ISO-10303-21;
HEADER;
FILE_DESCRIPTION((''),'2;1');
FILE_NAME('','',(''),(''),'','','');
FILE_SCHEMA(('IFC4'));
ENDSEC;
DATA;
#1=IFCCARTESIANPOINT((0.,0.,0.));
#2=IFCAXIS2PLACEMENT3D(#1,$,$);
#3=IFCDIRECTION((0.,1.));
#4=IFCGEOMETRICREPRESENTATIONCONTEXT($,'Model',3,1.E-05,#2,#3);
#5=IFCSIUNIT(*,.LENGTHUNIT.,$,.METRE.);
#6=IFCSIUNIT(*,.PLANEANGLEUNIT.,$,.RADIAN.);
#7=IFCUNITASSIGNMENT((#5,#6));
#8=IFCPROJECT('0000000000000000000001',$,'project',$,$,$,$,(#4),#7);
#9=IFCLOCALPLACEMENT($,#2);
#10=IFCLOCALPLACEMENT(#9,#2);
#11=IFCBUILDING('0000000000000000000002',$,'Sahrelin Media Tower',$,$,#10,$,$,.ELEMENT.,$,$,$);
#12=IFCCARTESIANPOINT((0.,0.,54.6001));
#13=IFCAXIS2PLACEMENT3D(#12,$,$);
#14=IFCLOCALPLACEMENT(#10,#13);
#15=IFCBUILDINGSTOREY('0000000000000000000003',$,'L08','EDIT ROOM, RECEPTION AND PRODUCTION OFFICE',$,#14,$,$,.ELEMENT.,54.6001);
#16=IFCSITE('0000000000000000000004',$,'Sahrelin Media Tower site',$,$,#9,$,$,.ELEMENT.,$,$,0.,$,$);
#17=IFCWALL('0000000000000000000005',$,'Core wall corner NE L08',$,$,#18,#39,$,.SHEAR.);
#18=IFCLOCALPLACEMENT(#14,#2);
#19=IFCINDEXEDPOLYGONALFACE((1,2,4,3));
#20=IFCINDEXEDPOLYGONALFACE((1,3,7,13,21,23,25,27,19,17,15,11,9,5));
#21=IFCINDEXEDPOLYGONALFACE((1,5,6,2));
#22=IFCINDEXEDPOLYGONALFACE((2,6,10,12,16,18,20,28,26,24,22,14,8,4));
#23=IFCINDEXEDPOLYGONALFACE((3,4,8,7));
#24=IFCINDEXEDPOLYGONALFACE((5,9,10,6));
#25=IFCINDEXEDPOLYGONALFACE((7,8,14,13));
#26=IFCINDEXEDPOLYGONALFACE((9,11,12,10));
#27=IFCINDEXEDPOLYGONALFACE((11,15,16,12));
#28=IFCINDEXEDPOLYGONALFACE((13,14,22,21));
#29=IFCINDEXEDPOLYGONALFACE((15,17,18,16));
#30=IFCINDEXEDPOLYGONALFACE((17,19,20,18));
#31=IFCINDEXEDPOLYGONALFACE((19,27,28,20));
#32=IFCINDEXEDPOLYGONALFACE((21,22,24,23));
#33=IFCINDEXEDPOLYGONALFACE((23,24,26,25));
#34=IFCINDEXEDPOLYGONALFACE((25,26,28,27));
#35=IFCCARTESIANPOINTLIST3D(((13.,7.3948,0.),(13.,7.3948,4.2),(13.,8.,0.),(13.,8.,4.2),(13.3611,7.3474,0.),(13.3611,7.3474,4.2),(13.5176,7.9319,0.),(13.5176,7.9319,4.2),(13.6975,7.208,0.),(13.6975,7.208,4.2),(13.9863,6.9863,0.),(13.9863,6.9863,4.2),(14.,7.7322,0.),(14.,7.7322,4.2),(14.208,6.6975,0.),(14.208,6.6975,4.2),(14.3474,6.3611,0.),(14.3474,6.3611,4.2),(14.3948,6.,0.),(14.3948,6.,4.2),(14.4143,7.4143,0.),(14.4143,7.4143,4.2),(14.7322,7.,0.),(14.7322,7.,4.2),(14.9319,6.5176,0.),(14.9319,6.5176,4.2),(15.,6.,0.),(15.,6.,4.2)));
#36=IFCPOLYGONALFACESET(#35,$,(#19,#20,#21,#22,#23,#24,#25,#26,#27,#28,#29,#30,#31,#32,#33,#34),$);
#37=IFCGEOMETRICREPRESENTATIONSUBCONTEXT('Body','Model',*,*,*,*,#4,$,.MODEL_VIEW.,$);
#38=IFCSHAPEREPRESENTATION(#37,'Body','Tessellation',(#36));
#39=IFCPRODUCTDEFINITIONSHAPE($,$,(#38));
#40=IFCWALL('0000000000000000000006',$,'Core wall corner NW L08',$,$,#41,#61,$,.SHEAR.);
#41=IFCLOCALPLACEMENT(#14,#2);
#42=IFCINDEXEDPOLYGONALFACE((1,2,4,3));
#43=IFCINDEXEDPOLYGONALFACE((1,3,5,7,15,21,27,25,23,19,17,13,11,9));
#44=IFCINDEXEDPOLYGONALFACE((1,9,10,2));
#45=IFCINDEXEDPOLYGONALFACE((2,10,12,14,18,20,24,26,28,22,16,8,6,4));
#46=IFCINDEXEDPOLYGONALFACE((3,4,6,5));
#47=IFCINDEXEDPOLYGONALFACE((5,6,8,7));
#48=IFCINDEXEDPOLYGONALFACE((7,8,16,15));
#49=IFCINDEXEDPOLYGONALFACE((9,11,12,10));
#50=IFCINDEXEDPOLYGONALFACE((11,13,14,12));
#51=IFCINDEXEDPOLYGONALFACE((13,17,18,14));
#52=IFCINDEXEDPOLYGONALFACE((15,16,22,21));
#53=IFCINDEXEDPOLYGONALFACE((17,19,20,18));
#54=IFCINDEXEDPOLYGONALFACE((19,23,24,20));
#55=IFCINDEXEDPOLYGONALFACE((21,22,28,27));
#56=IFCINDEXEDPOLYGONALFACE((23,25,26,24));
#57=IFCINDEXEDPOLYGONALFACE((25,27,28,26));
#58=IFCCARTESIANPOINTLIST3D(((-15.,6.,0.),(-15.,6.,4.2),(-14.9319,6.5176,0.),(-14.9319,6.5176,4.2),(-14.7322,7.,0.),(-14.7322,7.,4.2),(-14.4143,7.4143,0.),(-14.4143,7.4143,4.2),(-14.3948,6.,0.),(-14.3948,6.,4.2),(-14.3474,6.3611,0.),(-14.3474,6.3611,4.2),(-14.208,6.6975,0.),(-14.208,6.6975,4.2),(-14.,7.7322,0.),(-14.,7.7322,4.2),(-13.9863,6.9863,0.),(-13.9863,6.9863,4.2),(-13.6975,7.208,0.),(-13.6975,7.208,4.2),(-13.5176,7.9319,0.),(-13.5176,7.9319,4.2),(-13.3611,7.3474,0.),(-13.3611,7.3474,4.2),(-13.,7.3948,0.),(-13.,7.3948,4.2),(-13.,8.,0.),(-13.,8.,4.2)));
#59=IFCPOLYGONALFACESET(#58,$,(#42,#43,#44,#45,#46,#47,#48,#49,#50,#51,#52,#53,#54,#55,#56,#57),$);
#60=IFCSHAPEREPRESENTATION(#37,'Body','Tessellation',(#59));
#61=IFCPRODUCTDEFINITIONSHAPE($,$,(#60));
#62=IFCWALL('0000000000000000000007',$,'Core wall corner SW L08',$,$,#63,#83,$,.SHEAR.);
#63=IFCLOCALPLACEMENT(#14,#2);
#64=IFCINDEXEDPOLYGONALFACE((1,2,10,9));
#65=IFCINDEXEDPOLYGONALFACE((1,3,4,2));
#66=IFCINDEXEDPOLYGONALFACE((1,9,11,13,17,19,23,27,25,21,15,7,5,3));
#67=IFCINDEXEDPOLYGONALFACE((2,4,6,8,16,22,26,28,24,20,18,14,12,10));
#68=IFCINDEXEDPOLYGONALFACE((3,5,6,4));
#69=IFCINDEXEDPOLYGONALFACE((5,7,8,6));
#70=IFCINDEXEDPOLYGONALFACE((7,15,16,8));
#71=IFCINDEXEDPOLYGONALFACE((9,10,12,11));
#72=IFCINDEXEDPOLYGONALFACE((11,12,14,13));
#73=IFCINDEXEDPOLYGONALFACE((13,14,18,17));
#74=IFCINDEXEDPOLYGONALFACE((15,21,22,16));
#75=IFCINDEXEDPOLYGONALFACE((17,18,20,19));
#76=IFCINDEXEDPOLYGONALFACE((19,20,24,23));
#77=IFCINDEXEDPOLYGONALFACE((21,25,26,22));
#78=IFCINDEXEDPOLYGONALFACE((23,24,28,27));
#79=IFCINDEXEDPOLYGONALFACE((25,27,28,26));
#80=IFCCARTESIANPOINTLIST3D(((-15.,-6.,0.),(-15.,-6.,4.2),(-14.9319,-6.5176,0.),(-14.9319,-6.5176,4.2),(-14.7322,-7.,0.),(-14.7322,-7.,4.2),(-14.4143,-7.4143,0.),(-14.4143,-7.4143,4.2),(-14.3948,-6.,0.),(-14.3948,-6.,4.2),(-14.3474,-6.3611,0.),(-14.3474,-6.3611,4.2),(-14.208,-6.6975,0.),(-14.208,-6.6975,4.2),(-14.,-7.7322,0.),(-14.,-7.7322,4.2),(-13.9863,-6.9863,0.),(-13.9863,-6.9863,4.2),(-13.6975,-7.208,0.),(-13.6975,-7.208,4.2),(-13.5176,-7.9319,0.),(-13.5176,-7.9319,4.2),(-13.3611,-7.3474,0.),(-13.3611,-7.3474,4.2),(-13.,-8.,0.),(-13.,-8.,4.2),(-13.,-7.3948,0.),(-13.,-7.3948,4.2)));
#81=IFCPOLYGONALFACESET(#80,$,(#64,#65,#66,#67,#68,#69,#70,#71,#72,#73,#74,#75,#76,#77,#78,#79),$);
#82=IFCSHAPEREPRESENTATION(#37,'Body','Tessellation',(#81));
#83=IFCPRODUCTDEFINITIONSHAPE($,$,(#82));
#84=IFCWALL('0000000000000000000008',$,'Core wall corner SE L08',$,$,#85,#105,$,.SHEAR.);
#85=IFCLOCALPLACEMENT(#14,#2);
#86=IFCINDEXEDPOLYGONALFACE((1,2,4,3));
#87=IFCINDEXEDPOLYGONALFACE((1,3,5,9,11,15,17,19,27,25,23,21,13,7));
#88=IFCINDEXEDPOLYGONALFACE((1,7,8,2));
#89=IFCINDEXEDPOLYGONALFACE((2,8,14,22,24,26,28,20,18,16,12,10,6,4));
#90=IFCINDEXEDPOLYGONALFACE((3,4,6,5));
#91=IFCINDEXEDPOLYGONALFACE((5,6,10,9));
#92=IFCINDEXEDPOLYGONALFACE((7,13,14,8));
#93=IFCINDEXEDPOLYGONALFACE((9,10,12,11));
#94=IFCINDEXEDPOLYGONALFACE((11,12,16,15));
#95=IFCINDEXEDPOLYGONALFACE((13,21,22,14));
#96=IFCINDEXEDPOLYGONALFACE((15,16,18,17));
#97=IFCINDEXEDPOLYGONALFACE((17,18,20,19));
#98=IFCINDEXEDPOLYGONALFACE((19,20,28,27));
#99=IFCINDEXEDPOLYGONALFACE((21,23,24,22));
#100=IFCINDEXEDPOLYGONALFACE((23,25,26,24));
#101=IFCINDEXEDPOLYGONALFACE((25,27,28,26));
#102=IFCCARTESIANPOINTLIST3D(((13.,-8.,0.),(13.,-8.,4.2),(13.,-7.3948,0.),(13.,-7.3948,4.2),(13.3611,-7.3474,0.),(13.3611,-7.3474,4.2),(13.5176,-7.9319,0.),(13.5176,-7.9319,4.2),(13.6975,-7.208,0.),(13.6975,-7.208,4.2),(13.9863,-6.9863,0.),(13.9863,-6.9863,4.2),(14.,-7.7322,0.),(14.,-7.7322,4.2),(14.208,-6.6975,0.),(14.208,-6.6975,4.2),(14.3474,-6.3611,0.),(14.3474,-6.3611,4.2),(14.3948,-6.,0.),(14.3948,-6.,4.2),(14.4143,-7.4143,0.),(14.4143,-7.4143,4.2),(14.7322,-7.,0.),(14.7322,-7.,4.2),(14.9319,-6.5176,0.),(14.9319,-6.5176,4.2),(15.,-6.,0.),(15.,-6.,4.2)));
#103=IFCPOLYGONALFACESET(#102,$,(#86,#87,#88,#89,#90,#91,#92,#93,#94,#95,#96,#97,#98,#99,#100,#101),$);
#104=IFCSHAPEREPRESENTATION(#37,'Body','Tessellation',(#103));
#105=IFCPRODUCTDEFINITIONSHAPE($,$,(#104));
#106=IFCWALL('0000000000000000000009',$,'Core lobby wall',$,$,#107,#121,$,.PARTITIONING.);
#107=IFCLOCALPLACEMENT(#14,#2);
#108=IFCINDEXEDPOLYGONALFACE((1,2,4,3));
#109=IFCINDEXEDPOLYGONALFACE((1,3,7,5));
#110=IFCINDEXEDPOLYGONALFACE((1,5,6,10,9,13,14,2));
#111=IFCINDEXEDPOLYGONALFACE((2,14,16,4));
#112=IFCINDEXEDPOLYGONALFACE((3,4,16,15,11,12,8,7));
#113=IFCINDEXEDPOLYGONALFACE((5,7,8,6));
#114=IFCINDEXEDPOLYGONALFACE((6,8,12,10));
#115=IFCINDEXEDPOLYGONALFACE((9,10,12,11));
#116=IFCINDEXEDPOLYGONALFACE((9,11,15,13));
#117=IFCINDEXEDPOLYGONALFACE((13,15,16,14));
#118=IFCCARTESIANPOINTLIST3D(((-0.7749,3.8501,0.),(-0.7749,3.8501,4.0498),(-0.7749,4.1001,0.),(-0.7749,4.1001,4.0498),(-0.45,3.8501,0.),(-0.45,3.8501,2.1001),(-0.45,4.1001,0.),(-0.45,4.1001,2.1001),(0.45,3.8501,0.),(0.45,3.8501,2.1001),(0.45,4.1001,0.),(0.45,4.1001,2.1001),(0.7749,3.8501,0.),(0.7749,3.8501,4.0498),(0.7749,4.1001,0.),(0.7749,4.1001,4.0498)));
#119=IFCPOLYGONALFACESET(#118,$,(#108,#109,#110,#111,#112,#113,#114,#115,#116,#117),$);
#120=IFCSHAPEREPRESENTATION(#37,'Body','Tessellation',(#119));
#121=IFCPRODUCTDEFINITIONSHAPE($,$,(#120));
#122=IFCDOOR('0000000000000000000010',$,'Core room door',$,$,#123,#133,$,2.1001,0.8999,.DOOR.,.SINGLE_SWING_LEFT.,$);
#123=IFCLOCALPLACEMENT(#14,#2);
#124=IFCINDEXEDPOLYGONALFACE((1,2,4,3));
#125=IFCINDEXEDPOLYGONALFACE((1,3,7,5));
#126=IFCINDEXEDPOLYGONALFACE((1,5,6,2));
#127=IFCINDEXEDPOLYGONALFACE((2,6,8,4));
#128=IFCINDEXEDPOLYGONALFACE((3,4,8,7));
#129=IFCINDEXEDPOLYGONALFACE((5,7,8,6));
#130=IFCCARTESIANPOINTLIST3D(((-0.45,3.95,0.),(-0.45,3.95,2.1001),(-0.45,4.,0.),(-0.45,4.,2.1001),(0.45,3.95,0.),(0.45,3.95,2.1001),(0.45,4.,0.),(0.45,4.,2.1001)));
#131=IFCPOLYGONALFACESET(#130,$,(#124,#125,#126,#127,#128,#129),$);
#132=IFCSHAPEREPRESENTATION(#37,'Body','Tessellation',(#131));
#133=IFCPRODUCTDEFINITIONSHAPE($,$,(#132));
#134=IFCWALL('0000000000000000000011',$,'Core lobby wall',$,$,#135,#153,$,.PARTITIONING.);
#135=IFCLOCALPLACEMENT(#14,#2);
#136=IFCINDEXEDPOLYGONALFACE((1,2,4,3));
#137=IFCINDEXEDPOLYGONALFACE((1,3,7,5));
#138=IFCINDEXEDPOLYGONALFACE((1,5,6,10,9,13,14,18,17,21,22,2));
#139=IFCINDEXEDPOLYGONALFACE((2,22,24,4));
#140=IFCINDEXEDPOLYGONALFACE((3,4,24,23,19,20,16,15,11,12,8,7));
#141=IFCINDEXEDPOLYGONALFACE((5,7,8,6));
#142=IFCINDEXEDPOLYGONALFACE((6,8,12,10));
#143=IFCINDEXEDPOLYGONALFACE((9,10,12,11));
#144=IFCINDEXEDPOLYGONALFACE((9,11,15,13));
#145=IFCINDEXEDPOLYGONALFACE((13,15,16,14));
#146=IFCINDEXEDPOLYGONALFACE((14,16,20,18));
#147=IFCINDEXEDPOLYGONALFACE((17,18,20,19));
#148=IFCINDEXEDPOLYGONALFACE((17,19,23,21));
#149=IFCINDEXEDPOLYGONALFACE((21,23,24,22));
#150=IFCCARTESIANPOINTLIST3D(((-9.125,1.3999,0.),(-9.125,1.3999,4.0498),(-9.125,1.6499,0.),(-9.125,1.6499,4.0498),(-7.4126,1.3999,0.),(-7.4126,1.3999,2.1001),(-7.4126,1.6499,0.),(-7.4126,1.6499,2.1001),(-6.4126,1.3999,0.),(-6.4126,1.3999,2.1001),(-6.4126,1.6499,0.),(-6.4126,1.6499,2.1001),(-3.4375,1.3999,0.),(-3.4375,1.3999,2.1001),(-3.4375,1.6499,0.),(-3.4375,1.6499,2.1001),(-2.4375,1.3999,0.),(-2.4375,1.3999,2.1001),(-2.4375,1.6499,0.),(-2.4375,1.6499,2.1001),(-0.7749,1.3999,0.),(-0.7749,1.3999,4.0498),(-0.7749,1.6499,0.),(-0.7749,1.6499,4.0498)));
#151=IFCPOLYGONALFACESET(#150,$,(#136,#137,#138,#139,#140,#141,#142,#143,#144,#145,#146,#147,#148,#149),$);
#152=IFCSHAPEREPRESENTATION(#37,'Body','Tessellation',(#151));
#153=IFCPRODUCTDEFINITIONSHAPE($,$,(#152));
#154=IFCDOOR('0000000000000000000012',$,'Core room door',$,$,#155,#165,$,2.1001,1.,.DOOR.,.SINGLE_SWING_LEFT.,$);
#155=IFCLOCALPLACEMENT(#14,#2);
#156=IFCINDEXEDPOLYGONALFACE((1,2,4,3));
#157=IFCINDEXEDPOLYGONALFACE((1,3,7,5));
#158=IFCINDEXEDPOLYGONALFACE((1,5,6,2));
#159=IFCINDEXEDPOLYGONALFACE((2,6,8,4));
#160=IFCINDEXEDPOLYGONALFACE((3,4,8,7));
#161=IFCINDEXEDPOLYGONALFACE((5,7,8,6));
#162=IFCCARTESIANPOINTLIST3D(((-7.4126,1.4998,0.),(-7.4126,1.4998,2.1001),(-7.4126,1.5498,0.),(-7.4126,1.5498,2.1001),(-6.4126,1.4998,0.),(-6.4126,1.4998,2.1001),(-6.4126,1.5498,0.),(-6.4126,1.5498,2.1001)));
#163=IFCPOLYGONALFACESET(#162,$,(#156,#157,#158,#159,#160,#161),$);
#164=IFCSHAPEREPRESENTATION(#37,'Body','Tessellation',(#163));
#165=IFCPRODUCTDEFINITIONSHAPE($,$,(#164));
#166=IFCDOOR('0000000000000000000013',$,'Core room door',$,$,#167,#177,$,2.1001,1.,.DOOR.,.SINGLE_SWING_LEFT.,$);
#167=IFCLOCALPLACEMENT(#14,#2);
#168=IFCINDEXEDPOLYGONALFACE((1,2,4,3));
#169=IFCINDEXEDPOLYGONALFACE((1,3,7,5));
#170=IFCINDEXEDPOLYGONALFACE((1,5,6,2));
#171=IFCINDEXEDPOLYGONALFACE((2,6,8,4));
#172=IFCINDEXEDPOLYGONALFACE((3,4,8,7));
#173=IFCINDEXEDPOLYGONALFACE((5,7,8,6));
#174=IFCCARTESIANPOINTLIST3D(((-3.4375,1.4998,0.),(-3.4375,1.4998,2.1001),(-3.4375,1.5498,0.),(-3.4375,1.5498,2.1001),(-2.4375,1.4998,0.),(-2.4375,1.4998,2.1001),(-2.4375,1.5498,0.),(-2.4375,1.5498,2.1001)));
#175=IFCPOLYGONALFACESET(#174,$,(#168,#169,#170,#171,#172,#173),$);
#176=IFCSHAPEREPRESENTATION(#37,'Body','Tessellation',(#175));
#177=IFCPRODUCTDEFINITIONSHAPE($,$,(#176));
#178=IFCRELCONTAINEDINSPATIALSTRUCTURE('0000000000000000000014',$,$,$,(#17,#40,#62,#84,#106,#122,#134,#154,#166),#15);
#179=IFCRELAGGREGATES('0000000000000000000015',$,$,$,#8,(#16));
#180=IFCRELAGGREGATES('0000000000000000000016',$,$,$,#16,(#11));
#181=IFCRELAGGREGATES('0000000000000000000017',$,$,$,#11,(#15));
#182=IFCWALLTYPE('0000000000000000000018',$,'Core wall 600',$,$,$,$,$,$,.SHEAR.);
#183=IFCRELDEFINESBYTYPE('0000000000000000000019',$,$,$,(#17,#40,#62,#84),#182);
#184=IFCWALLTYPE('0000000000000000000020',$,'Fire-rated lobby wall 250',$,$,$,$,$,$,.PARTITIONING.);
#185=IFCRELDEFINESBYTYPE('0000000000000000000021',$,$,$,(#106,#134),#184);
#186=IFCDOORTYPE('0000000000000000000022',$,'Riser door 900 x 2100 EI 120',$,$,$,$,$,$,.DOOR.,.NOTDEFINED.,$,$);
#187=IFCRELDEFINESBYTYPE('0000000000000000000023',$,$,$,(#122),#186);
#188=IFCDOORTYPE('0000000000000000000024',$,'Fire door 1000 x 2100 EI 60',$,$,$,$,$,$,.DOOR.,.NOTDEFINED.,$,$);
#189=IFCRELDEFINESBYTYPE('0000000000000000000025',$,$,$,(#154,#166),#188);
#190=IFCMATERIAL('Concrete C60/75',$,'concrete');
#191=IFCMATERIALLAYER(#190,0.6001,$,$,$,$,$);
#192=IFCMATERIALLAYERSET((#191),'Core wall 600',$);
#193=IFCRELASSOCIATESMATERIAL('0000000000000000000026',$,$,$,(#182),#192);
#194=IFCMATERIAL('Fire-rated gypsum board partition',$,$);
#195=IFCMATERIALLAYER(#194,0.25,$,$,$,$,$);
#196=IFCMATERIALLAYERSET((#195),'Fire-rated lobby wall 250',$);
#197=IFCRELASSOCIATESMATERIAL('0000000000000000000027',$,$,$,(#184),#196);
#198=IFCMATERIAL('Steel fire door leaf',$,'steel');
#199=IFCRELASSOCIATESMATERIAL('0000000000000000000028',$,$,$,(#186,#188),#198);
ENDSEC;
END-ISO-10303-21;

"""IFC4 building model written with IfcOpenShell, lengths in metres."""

from ifc_helpers import new_model, si_unit, direction, frame, frame_2d, origin, place, context, subcontext, project, spatial, polyline, rectangle, outline, extrude, material, layer, layer_set, type_object, element, fill, save


model = new_model("IFC4")

# Units and contexts
model_context = context("Model", 3, precision=1e-05, world=origin(), true_north=direction((0.0, 1.0)))
body_context = subcontext(model_context, "Body", "Model", "MODEL_VIEW")
ifc_project = project(units=[si_unit("LENGTHUNIT", "METRE"), si_unit("PLANEANGLEUNIT", "RADIAN")], contexts=[model_context])

# Site, building, storey
site_placement = place(None, origin())
site = spatial("IfcSite", under=ifc_project, at=site_placement, Name="Sahrelin Media Tower site", CompositionType="ELEMENT", RefElevation=0.0)
building_placement = place(site_placement, origin())
building = spatial("IfcBuilding", under=site, at=building_placement, Name="Sahrelin Media Tower", CompositionType="ELEMENT")
storey_placement = place(building_placement, frame((0.0, 0.0, 54.6001)))
storey = spatial("IfcBuildingStorey", under=building, at=storey_placement, Name="L08", Description="EDIT ROOM, RECEPTION AND PRODUCTION OFFICE", CompositionType="ELEMENT", Elevation=54.6001)

# Shared definitions
ifc_material_1 = material(Name="Concrete C60/75", Category="concrete")
ifc_layer_1 = layer(ifc_material_1, 0.6001)
ifc_layer_set_1 = layer_set([ifc_layer_1], Name="Core wall 600")
wall_type_1 = type_object("IfcWallType", Name="Core wall 600", PredefinedType="SHEAR", material=ifc_layer_set_1)
ifc_material_2 = material(Name="Steel fire door leaf", Category="steel")

# Walls
placement = place(storey_placement, origin())
element("IfcWall", 1, at=placement, inside=storey, type_object=wall_type_1, Name="Core wall corner NE L08", PredefinedType="SHEAR", context=body_context, shape_type="SweptSolid", body=[
    extrude(outline(polyline([(13.0, 8.0), (13.0, 7.3948), (13.3611, 7.3474), (13.6975, 7.208), (13.9863, 6.9863), (14.208, 6.6975), (14.3474, 6.3611), (14.3948, 6.0), (15.0, 6.0), (14.9319, 6.5176), (14.7322, 7.0), (14.4143, 7.4143), (14.0, 7.7322), (13.5176, 7.9319), (13.0, 8.0)])), origin(), (0.0, 0.0, 1.0), 4.2),
])
element("IfcWall", 2, at=placement, inside=storey, type_object=wall_type_1, Name="Core wall corner NW L08", PredefinedType="SHEAR", context=body_context, shape_type="SweptSolid", body=[
    extrude(outline(polyline([(-15.0, 6.0), (-14.3948, 6.0), (-14.3474, 6.3611), (-14.208, 6.6975), (-13.9863, 6.9863), (-13.6975, 7.208), (-13.3611, 7.3474), (-13.0, 7.3948), (-13.0, 8.0), (-13.5176, 7.9319), (-14.0, 7.7322), (-14.4143, 7.4143), (-14.7322, 7.0), (-14.9319, 6.5176), (-15.0, 6.0)])), origin(), (0.0, 0.0, 1.0), 4.2),
])
element("IfcWall", 3, at=placement, inside=storey, type_object=wall_type_1, Name="Core wall corner SW L08", PredefinedType="SHEAR", context=body_context, shape_type="SweptSolid", body=[
    extrude(outline(polyline([(-13.0, -8.0), (-13.0, -7.3948), (-13.3611, -7.3474), (-13.6975, -7.208), (-13.9863, -6.9863), (-14.208, -6.6975), (-14.3474, -6.3611), (-14.3948, -6.0), (-15.0, -6.0), (-14.9319, -6.5176), (-14.7322, -7.0), (-14.4143, -7.4143), (-14.0, -7.7322), (-13.5176, -7.9319), (-13.0, -8.0)])), origin(), (0.0, 0.0, 1.0), 4.2),
])
element("IfcWall", 4, at=placement, inside=storey, type_object=wall_type_1, Name="Core wall corner SE L08", PredefinedType="SHEAR", context=body_context, shape_type="SweptSolid", body=[
    extrude(outline(polyline([(15.0, -6.0), (14.3948, -6.0), (14.3474, -6.3611), (14.208, -6.6975), (13.9863, -6.9863), (13.6975, -7.208), (13.3611, -7.3474), (13.0, -7.3948), (13.0, -8.0), (13.5176, -7.9319), (14.0, -7.7322), (14.4143, -7.4143), (14.7322, -7.0), (14.9319, -6.5176), (15.0, -6.0)])), origin(), (0.0, 0.0, 1.0), 4.2),
])

# Wall, opening, door
ifc_material_3 = material(Name="Fire-rated gypsum board partition")
ifc_layer_2 = layer(ifc_material_3, 0.25)
ifc_layer_set_2 = layer_set([ifc_layer_2], Name="Fire-rated lobby wall 250")
wall_type_2 = type_object("IfcWallType", Name="Fire-rated lobby wall 250", PredefinedType="PARTITIONING", material=ifc_layer_set_2)
wall_1_placement = place(storey_placement, frame((-0.7749, 3.9751, 0.0), z_axis=(0.0, 0.0, 1.0), x_axis=(1.0, 0.0, 0.0)))
wall_1 = element("IfcWall", 5, at=wall_1_placement, inside=storey, type_object=wall_type_2, Name="Core lobby wall", PredefinedType="PARTITIONING", context=body_context, shape_type="SweptSolid", body=[
    extrude(rectangle(XDim=1.5498, YDim=0.25, at=frame_2d((0.7749, 0.0))), origin(), (0.0, 0.0, 1.0), 4.0498),
])
opening_1_placement = place(wall_1_placement, frame((0.325, 0.0, 0.0)))
opening_1 = element("IfcOpeningElement", 6, at=opening_1_placement, cuts=wall_1, PredefinedType="OPENING", context=body_context, shape_type="SweptSolid", body=[
    extrude(rectangle(XDim=0.8999, YDim=2.1001, at=frame_2d((0.45, 1.05))), frame((0.0, 0.125, 0.0), z_axis=(0.0, -1.0, 0.0), x_axis=(1.0, 0.0, 0.0)), (0.0, 0.0, 1.0), 0.25),
])
door_type_1 = type_object("IfcDoorType", Name="Riser door 900 x 2100 EI 120", OperationType="NOTDEFINED", PredefinedType="DOOR", material=ifc_material_2)
door_1_placement = place(opening_1_placement, origin())
door_1 = element("IfcDoor", 7, at=door_1_placement, inside=storey, type_object=door_type_1, Name="Core room door", OperationType="SINGLE_SWING_LEFT", OverallHeight=2.1001, OverallWidth=0.8999, PredefinedType="DOOR", context=body_context, shape_type="SweptSolid", body=[
    extrude(rectangle(XDim=0.8999, YDim=2.1001, at=frame_2d((0.45, 1.05))), frame((0.0, 0.0249, 0.0), z_axis=(0.0, -1.0, 0.0), x_axis=(1.0, 0.0, 0.0)), (0.0, 0.0, 1.0), 0.05),
])
fill(opening_1, door_1)

# Wall, openings, doors
wall_2_placement = place(storey_placement, frame((-9.125, 1.5249, 0.0), z_axis=(0.0, 0.0, 1.0), x_axis=(1.0, 0.0, 0.0)))
wall_2 = element("IfcWall", 8, at=wall_2_placement, inside=storey, type_object=wall_type_2, Name="Core lobby wall", PredefinedType="PARTITIONING", context=body_context, shape_type="SweptSolid", body=[
    extrude(rectangle(XDim=8.3501, YDim=0.25, at=frame_2d((4.175, 0.0))), origin(), (0.0, 0.0, 1.0), 4.0498),
])
opening_2_placement = place(wall_2_placement, frame((1.7124, 0.0, 0.0)))
opening_2 = element("IfcOpeningElement", 9, at=opening_2_placement, cuts=wall_2, PredefinedType="OPENING", context=body_context, shape_type="SweptSolid", body=[
    extrude(rectangle(XDim=1.0, YDim=2.1001, at=frame_2d((0.5, 1.05))), frame((0.0, 0.125, 0.0), z_axis=(0.0, -1.0, 0.0), x_axis=(1.0, 0.0, 0.0)), (0.0, 0.0, 1.0), 0.25),
])
opening_3_placement = place(wall_2_placement, frame((5.6875, 0.0, 0.0)))
opening_3 = element("IfcOpeningElement", 10, at=opening_3_placement, cuts=wall_2, PredefinedType="OPENING", context=body_context, shape_type="SweptSolid", body=[
    extrude(rectangle(XDim=1.0, YDim=2.1001, at=frame_2d((0.5, 1.05))), frame((0.0, 0.125, 0.0), z_axis=(0.0, -1.0, 0.0), x_axis=(1.0, 0.0, 0.0)), (0.0, 0.0, 1.0), 0.25),
])
door_type_2 = type_object("IfcDoorType", Name="Fire door 1000 x 2100 EI 60", OperationType="NOTDEFINED", PredefinedType="DOOR", material=ifc_material_2)
door_2_placement = place(opening_2_placement, origin())
door_2 = element("IfcDoor", 11, at=door_2_placement, inside=storey, type_object=door_type_2, Name="Core room door", OperationType="SINGLE_SWING_LEFT", OverallHeight=2.1001, OverallWidth=1.0, PredefinedType="DOOR", context=body_context, shape_type="SweptSolid", body=[
    extrude(rectangle(XDim=1.0, YDim=2.1001, at=frame_2d((0.5, 1.05))), frame((0.0, 0.0249, 0.0), z_axis=(0.0, -1.0, 0.0), x_axis=(1.0, 0.0, 0.0)), (0.0, 0.0, 1.0), 0.05),
])
fill(opening_2, door_2)
door_3_placement = place(opening_3_placement, origin())
door_3 = element("IfcDoor", 12, at=door_3_placement, inside=storey, type_object=door_type_2, Name="Core room door", OperationType="SINGLE_SWING_LEFT", OverallHeight=2.1001, OverallWidth=1.0, PredefinedType="DOOR", context=body_context, shape_type="SweptSolid", body=[
    extrude(rectangle(XDim=1.0, YDim=2.1001, at=frame_2d((0.5, 1.05))), frame((0.0, 0.0249, 0.0), z_axis=(0.0, -1.0, 0.0), x_axis=(1.0, 0.0, 0.0)), (0.0, 0.0, 1.0), 0.05),
])
fill(opening_3, door_3)

save(model, "model.ifc")
